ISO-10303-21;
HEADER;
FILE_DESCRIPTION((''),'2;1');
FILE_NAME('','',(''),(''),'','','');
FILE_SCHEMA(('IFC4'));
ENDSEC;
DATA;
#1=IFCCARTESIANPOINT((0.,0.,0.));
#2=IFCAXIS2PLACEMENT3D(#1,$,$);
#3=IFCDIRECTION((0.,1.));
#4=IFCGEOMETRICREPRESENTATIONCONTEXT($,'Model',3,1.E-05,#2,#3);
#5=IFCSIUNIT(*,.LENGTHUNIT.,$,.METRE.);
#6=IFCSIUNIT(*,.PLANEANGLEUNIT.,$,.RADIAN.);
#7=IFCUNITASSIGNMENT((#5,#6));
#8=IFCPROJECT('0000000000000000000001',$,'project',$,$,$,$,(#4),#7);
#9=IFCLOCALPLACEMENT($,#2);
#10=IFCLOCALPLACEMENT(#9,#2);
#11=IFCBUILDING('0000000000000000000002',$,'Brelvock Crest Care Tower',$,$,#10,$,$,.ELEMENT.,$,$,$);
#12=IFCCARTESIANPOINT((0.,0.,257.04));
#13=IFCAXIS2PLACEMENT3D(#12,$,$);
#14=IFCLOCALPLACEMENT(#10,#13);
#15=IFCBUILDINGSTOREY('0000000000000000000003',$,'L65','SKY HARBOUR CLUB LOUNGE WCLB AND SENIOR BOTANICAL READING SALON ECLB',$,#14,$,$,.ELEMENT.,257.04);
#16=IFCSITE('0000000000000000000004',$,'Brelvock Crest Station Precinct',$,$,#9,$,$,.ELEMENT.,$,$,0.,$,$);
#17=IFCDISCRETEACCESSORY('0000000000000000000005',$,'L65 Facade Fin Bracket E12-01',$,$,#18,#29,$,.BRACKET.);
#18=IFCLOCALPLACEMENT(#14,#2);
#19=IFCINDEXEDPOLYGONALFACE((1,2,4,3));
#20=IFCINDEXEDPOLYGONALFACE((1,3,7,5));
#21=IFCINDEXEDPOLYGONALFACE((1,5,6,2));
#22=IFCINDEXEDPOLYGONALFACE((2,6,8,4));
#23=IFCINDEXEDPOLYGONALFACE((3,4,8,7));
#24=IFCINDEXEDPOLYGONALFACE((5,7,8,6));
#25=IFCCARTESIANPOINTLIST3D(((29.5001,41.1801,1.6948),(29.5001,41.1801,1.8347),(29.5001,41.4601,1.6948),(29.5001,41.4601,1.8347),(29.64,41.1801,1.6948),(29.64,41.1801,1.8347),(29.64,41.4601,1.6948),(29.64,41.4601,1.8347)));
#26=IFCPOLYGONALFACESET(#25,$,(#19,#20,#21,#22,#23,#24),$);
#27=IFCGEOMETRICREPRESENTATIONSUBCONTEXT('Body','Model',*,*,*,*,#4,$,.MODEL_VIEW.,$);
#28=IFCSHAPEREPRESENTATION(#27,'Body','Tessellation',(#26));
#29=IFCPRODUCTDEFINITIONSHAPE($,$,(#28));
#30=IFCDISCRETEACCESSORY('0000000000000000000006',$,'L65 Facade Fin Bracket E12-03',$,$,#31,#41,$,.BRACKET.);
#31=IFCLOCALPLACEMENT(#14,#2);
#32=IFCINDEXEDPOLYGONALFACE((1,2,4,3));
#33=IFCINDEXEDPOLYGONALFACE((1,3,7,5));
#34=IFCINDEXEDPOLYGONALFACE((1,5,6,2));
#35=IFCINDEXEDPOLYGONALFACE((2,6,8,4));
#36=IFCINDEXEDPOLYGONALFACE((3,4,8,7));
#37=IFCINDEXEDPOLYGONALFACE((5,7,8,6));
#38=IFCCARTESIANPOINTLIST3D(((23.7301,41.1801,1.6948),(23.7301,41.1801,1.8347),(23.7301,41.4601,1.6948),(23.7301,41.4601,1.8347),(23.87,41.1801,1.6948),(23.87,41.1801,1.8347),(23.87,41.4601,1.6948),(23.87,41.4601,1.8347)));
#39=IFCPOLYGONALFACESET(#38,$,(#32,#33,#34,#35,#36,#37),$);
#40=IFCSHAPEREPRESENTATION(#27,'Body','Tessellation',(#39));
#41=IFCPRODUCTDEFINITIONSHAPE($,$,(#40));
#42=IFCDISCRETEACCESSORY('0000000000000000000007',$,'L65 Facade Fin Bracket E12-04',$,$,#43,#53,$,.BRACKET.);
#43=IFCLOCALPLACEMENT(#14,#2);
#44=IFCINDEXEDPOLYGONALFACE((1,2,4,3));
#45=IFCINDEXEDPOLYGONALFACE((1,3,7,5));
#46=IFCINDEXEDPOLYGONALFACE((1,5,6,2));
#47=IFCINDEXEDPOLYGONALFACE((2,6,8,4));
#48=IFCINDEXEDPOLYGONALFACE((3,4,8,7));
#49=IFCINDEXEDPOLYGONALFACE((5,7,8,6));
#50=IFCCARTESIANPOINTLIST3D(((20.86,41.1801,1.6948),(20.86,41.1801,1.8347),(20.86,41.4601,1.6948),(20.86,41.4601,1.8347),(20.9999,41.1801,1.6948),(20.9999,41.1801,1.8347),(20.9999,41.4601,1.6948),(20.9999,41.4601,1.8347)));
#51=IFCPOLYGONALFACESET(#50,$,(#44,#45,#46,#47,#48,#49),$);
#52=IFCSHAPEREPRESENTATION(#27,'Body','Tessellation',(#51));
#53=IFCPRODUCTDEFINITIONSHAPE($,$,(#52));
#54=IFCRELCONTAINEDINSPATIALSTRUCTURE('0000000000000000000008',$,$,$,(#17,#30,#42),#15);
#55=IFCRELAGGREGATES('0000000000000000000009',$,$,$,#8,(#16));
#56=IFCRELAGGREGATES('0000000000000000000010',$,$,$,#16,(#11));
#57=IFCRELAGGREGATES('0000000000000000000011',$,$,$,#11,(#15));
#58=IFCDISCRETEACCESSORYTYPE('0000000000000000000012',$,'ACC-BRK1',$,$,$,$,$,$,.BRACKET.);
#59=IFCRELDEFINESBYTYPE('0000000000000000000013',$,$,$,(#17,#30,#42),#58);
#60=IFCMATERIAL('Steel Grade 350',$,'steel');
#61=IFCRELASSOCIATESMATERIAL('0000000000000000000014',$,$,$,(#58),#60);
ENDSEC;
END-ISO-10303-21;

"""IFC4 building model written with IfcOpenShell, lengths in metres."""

from ifc_helpers import new_model, si_unit, direction, frame, origin, origin_2d, place, context, subcontext, project, spatial, rectangle, extrude, source, transform, mapped, material, type_object, element, save


model = new_model("IFC4")

# Units and contexts
model_context = context("Model", 3, precision=1e-05, world=origin(), true_north=direction((0.0, 1.0)))
body_context = subcontext(model_context, "Body", "Model", "MODEL_VIEW")
ifc_project = project(units=[si_unit("LENGTHUNIT", "METRE"), si_unit("PLANEANGLEUNIT", "RADIAN")], contexts=[model_context])

# Site, building, storey
site_placement = place(None, origin())
site = spatial("IfcSite", under=ifc_project, at=site_placement, Name="Brelvock Crest Station Precinct", CompositionType="ELEMENT", RefElevation=0.0)
building_placement = place(site_placement, origin())
building = spatial("IfcBuilding", under=site, at=building_placement, Name="Brelvock Crest Care Tower", CompositionType="ELEMENT")
storey_placement = place(building_placement, frame((0.0, 0.0, 257.04)))
storey = spatial("IfcBuildingStorey", under=building, at=storey_placement, Name="L65", Description="SKY HARBOUR CLUB LOUNGE WCLB AND SENIOR BOTANICAL READING SALON ECLB", CompositionType="ELEMENT", Elevation=257.04)

# Shared definitions
ifc_material_1 = material(Name="Steel Grade 350", Category="steel")

# Discrete accessories
discrete_accessory_type = type_object("IfcDiscreteAccessoryType", Name="ACC-BRK1", PredefinedType="BRACKET", material=ifc_material_1)
shared_shape_1 = source(origin(), body_context, "Body", "SweptSolid", [
    extrude(rectangle(XDim=0.28, YDim=0.1399, at=origin_2d()), origin(), (0.0, 0.0, 1.0), 0.1399),
])
for number, where, z_axis, x_axis, name in (
    (1, (29.5701, 41.3201, 1.6948), (0.0, 0.0, 1.0), (0.0, -1.0, 0.0), "L65 Facade Fin Bracket E12-01"),
    (2, (23.8, 41.3201, 1.6948), (0.0, 0.0, 1.0), (0.0, -1.0, 0.0), "L65 Facade Fin Bracket E12-03"),
    (3, (20.9299, 41.3201, 1.6948), (0.0, 0.0, 1.0), (0.0, -1.0, 0.0), "L65 Facade Fin Bracket E12-04"),
):
    element("IfcDiscreteAccessory", number, at=place(storey_placement, frame(where, z_axis=z_axis, x_axis=x_axis)), inside=storey, type_object=discrete_accessory_type, Name=name, PredefinedType="BRACKET", context=body_context, shape_type="MappedRepresentation", body=[
        mapped(shared_shape_1, transform((0.0, 0.0, 0.0), x_axis=(1.0, 0.0, 0.0), y_axis=(0.0, 1.0, 0.0), z_axis=(0.0, 0.0, 1.0), scale=1.0)),
    ])

save(model, "model.ifc")
